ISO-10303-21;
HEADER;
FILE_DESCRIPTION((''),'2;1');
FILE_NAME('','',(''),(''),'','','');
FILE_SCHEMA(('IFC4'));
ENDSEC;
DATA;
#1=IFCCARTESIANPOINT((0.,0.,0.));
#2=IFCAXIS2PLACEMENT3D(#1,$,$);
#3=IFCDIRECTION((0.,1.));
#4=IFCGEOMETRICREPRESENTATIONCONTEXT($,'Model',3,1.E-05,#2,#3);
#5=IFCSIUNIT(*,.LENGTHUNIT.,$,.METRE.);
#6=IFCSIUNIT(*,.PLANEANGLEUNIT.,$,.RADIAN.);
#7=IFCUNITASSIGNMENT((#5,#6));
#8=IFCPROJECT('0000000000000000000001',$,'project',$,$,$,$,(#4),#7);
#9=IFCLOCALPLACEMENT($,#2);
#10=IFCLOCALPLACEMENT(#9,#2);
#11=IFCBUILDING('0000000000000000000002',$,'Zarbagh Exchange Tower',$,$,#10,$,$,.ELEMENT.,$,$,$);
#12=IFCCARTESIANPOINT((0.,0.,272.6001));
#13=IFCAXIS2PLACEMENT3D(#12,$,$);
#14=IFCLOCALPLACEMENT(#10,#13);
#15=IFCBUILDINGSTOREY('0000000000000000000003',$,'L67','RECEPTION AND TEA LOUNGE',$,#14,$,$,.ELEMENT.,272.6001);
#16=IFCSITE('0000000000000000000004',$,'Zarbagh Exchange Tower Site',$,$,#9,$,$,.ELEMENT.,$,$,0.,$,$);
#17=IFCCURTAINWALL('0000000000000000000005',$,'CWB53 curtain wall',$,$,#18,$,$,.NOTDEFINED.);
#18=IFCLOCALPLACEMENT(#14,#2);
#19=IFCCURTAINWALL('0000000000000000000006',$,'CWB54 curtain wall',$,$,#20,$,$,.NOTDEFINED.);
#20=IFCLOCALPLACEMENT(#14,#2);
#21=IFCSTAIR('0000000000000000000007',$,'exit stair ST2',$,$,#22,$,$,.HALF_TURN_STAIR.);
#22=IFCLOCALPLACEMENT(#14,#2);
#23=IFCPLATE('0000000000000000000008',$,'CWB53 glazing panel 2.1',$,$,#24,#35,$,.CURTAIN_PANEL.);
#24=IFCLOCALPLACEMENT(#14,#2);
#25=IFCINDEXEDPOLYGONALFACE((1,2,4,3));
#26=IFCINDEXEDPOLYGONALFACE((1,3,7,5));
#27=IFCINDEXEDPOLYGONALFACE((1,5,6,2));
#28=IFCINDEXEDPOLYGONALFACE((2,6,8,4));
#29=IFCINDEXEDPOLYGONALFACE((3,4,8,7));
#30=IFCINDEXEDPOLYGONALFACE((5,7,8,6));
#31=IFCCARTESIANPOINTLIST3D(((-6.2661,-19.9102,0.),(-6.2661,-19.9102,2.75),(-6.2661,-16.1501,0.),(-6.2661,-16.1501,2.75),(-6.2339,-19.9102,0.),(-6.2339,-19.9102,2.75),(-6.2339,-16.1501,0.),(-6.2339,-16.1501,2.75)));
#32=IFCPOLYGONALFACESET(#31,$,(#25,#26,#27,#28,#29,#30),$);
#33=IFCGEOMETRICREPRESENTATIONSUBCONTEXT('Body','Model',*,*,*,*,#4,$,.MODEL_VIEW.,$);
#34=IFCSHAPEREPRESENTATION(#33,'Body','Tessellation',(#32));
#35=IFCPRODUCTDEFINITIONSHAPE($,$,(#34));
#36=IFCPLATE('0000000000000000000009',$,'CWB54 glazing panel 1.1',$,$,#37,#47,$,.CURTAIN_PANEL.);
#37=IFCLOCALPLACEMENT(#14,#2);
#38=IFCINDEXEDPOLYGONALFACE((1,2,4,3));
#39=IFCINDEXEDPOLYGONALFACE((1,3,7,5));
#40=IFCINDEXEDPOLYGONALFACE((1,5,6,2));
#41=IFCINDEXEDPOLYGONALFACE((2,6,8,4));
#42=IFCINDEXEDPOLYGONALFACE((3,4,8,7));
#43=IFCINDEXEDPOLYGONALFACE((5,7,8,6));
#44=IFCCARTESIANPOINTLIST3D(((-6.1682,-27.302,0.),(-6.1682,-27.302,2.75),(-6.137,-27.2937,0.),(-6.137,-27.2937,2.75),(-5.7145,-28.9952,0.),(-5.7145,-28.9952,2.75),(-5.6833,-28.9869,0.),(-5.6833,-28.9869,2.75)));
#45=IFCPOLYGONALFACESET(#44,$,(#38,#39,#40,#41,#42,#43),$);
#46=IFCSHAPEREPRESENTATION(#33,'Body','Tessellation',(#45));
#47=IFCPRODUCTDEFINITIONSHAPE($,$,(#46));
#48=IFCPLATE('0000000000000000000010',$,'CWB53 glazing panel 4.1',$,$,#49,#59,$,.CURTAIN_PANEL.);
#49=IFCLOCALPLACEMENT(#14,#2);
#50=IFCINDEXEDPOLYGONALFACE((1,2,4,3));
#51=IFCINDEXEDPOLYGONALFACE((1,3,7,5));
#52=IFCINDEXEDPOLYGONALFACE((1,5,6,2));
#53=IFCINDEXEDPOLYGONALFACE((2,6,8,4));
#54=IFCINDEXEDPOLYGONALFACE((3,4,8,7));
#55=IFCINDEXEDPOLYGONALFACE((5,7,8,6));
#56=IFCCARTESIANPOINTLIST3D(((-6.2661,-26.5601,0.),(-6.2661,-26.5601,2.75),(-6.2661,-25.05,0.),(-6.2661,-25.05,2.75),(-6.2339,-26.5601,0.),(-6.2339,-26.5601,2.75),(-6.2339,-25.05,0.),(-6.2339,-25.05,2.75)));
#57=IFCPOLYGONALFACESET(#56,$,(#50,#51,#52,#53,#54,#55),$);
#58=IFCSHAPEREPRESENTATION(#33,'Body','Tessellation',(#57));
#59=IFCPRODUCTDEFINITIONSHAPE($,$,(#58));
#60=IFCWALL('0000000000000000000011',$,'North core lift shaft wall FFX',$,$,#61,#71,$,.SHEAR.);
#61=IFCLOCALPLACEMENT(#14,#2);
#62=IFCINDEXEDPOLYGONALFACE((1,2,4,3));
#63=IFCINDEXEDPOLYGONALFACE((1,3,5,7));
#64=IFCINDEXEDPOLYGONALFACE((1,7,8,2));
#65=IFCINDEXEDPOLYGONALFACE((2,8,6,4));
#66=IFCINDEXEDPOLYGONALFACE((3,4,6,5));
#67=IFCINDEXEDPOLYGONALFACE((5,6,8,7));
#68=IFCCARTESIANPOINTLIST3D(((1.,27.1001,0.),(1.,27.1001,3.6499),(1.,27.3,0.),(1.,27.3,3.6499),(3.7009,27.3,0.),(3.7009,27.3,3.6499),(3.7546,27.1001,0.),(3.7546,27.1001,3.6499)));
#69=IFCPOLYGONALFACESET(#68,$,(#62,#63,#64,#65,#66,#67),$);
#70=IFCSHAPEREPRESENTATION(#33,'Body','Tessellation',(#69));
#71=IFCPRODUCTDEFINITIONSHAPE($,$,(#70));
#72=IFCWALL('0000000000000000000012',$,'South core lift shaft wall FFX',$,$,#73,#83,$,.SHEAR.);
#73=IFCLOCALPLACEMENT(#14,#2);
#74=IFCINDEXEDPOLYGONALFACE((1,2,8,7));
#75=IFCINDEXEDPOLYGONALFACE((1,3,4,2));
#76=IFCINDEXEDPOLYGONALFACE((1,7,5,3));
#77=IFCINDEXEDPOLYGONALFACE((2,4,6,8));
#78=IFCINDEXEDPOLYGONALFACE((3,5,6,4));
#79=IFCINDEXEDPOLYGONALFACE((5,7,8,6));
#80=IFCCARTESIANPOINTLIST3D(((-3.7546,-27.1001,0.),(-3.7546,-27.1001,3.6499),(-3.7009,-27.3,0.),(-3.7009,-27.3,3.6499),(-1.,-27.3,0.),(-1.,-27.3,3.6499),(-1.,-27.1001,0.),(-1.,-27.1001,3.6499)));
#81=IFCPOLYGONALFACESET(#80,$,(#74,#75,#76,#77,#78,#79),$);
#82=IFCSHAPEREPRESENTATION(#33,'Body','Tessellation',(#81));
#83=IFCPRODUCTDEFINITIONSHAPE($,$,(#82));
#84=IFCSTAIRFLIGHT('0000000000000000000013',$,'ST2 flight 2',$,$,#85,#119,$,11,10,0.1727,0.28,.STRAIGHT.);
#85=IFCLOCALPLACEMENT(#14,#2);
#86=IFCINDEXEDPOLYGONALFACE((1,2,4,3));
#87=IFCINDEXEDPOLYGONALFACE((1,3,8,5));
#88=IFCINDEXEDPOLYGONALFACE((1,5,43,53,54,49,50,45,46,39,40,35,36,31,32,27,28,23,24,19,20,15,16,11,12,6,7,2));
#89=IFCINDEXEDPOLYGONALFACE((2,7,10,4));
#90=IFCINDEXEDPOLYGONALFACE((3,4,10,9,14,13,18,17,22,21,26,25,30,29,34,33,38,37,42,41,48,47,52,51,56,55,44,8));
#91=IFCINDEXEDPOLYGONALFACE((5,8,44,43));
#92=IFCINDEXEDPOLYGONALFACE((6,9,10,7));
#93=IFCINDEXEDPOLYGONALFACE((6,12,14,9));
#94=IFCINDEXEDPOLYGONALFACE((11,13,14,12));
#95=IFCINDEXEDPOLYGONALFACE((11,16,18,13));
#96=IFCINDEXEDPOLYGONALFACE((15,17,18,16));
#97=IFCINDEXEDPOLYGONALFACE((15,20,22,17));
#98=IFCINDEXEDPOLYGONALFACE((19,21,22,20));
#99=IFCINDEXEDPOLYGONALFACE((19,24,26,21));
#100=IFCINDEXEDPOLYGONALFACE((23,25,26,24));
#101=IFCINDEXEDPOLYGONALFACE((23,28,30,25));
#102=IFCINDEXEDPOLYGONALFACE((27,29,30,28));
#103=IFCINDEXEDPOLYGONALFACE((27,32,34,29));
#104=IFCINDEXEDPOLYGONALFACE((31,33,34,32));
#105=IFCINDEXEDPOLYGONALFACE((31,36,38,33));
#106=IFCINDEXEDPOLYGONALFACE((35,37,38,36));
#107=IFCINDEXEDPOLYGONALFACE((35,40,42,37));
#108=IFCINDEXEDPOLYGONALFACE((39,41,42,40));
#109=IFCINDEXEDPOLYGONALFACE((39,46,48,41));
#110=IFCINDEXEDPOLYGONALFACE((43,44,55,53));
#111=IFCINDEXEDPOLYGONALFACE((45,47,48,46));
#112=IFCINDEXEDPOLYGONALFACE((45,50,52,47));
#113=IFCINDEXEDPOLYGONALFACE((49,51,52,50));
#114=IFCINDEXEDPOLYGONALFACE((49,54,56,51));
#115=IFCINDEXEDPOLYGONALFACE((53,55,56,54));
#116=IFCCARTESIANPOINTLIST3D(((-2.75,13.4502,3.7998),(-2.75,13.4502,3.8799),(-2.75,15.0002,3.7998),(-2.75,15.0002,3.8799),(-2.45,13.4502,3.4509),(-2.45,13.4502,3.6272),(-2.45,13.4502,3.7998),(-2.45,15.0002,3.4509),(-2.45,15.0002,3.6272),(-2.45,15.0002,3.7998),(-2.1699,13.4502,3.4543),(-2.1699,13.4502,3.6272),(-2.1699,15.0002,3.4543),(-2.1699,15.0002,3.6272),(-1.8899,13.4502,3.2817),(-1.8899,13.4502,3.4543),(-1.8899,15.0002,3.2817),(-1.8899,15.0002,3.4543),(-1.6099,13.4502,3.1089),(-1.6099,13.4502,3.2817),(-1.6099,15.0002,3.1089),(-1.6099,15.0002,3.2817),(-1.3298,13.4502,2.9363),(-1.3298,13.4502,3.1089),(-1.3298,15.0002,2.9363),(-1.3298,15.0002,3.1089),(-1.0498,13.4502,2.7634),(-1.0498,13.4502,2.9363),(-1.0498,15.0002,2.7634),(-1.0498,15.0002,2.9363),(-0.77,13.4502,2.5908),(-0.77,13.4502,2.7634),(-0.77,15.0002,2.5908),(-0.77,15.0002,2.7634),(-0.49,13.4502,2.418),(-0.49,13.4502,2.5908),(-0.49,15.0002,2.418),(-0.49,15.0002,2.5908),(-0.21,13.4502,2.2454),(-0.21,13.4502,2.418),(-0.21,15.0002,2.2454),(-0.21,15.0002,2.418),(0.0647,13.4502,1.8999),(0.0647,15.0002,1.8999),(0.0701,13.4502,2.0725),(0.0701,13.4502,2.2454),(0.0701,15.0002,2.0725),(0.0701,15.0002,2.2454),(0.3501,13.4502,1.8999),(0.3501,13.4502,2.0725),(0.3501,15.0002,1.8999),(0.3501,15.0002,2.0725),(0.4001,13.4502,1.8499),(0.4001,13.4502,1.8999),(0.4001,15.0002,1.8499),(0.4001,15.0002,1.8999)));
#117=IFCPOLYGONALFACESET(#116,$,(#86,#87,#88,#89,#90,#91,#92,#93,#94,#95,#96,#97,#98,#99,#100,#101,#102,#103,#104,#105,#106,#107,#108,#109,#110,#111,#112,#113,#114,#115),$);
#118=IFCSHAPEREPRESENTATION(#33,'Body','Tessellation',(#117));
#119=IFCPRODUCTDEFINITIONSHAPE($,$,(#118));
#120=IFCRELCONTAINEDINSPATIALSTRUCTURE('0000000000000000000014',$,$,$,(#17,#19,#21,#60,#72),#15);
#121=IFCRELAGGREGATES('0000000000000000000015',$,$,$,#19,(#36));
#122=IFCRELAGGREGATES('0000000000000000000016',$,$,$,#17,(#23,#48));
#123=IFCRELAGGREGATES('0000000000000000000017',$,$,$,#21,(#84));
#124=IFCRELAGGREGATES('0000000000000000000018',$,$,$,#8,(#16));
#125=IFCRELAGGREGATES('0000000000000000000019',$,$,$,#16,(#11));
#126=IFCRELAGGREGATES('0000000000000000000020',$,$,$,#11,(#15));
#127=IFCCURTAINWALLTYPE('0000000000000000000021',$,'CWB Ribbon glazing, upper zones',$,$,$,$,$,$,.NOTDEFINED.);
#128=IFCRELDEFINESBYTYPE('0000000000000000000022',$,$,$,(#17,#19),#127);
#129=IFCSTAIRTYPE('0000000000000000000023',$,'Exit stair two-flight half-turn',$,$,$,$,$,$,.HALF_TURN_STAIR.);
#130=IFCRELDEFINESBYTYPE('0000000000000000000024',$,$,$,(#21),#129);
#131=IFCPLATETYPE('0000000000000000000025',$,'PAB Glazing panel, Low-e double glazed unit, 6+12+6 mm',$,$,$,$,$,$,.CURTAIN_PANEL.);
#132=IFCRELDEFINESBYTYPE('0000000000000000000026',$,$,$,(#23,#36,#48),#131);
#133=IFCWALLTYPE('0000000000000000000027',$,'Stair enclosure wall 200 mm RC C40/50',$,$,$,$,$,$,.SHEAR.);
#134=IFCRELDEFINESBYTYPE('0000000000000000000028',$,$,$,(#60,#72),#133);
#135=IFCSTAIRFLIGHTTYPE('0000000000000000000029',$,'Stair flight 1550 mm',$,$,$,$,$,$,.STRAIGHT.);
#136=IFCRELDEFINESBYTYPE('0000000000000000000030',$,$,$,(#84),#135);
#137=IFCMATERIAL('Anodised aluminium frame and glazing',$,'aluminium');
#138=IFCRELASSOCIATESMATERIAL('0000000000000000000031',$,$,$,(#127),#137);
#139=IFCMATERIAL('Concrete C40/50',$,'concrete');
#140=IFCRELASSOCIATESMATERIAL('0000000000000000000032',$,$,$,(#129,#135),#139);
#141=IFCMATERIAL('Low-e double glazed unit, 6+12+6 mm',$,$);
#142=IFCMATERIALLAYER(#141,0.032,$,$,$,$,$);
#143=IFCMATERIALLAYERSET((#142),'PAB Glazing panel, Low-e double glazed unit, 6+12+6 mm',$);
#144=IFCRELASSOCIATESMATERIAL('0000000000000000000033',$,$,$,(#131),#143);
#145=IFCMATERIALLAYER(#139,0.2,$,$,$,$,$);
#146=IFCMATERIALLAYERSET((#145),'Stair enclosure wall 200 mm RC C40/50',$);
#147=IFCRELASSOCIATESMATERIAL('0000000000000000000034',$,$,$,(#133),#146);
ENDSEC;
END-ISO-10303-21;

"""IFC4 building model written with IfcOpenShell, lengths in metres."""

from ifc_helpers import new_model, si_unit, direction, frame, origin, place, context, subcontext, project, spatial, polyline, outline, extrude, source, transform, mapped, material, layer, layer_set, type_object, element, aggregate, save


model = new_model("IFC4")

# Units and contexts
model_context = context("Model", 3, precision=1e-05, world=origin(), true_north=direction((0.0, 1.0)))
body_context = subcontext(model_context, "Body", "Model", "MODEL_VIEW")
ifc_project = project(units=[si_unit("LENGTHUNIT", "METRE"), si_unit("PLANEANGLEUNIT", "RADIAN")], contexts=[model_context])

# Site, building, storey
site_placement = place(None, origin())
site = spatial("IfcSite", under=ifc_project, at=site_placement, Name="Zarbagh Exchange Tower Site", CompositionType="ELEMENT", RefElevation=0.0)
building_placement = place(site_placement, origin())
building = spatial("IfcBuilding", under=site, at=building_placement, Name="Zarbagh Exchange Tower", CompositionType="ELEMENT")
storey_placement = place(building_placement, frame((0.0, 0.0, 272.6001)))
storey = spatial("IfcBuildingStorey", under=building, at=storey_placement, Name="L67", Description="RECEPTION AND TEA LOUNGE", CompositionType="ELEMENT", Elevation=272.6001)

# Curtain wall
ifc_material_1 = material(Name="Anodised aluminium frame and glazing", Category="aluminium")
curtain_wall_type = type_object("IfcCurtainWallType", Name="CWB Ribbon glazing, upper zones", PredefinedType="NOTDEFINED", material=ifc_material_1)
curtain_wall_1_placement = place(storey_placement, origin())
curtain_wall_1 = element("IfcCurtainWall", 1, at=curtain_wall_1_placement, inside=storey, type_object=curtain_wall_type, Name="CWB53 curtain wall", PredefinedType="NOTDEFINED")
placement = place(storey_placement, origin())

# Curtain wall
curtain_wall_2_placement = place(storey_placement, origin())
curtain_wall_2 = element("IfcCurtainWall", 2, at=curtain_wall_2_placement, inside=storey, type_object=curtain_wall_type, Name="CWB54 curtain wall", PredefinedType="NOTDEFINED")

# Stair
ifc_material_2 = material(Name="Concrete C40/50", Category="concrete")
stair_type = type_object("IfcStairType", Name="Exit stair two-flight half-turn", PredefinedType="HALF_TURN_STAIR", material=ifc_material_2)
stair_1_placement = place(storey_placement, origin())
stair_1 = element("IfcStair", 3, at=stair_1_placement, inside=storey, type_object=stair_type, Name="exit stair ST2", PredefinedType="HALF_TURN_STAIR")

# Shared definitions
ifc_material_3 = material(Name="Low-e double glazed unit, 6+12+6 mm")
ifc_layer_1 = layer(ifc_material_3, 0.032)
ifc_layer_set_1 = layer_set([ifc_layer_1], Name="PAB Glazing panel, Low-e double glazed unit, 6+12+6 mm")
plate_type = type_object("IfcPlateType", Name="PAB Glazing panel, Low-e double glazed unit, 6+12+6 mm", PredefinedType="CURTAIN_PANEL", material=ifc_layer_set_1)

# Plates
shared_shape_1 = source(origin(), body_context, "Body", "SweptSolid", [
    extrude(outline(polyline([(0.0, -0.0161), (3.76, -0.0161), (3.76, 0.0161), (0.0, 0.0161), (0.0, -0.0161)])), origin(), (0.0, 0.0, 1.0), 2.75),
])
plate_1 = element("IfcPlate", 4, at=placement, type_object=plate_type, Name="CWB53 glazing panel 2.1", PredefinedType="CURTAIN_PANEL", context=body_context, shape_type="MappedRepresentation", body=[
    mapped(shared_shape_1, transform((-6.25, -16.1501, 0.0), x_axis=(0.0, -1.0, 0.0), y_axis=(1.0, 0.0, 0.0), z_axis=(0.0, 0.0, 1.0))),
])
shared_shape_2 = source(origin(), body_context, "Body", "SweptSolid", [
    extrude(outline(polyline([(0.0, -0.0161), (1.7529, -0.0161), (1.7529, 0.0161), (0.0, 0.0161), (0.0, -0.0161)])), origin(), (0.0, 0.0, 1.0), 2.75),
])
plate_2 = element("IfcPlate", 5, at=placement, type_object=plate_type, Name="CWB54 glazing panel 1.1", PredefinedType="CURTAIN_PANEL", context=body_context, shape_type="MappedRepresentation", body=[
    mapped(shared_shape_2, transform((-6.1526, -27.2979, 0.0), x_axis=(0.258825, -0.965924, 0.0), y_axis=(0.965924, 0.258825, 0.0), z_axis=(0.0, 0.0, 1.0))),
])
aggregate(curtain_wall_2, [plate_2])
shared_shape_3 = source(origin(), body_context, "Body", "SweptSolid", [
    extrude(outline(polyline([(0.0, -0.0161), (1.51, -0.0161), (1.51, 0.0161), (0.0, 0.0161), (0.0, -0.0161)])), origin(), (0.0, 0.0, 1.0), 2.75),
])
plate_3 = element("IfcPlate", 6, at=placement, type_object=plate_type, Name="CWB53 glazing panel 4.1", PredefinedType="CURTAIN_PANEL", context=body_context, shape_type="MappedRepresentation", body=[
    mapped(shared_shape_3, transform((-6.25, -25.05, 0.0), x_axis=(0.0, -1.0, 0.0), y_axis=(1.0, 0.0, 0.0), z_axis=(0.0, 0.0, 1.0))),
])
aggregate(curtain_wall_1, [plate_1, plate_3])

# Walls
ifc_layer_2 = layer(ifc_material_2, 0.2)
ifc_layer_set_2 = layer_set([ifc_layer_2], Name="Stair enclosure wall 200 mm RC C40/50")
wall_type = type_object("IfcWallType", Name="Stair enclosure wall 200 mm RC C40/50", PredefinedType="SHEAR", material=ifc_layer_set_2)
wall_1_placement = place(storey_placement, origin())
element("IfcWall", 7, at=wall_1_placement, inside=storey, type_object=wall_type, Name="North core lift shaft wall FFX", PredefinedType="SHEAR", context=body_context, shape_type="SweptSolid", body=[
    extrude(outline(polyline([(1.0, 27.1001), (3.7546, 27.1001), (3.7009, 27.3), (1.0, 27.3), (1.0, 27.1001)])), origin(), (0.0, 0.0, 1.0), 3.6499),
])
wall_2_placement = place(storey_placement, origin())
element("IfcWall", 8, at=wall_2_placement, inside=storey, type_object=wall_type, Name="South core lift shaft wall FFX", PredefinedType="SHEAR", context=body_context, shape_type="SweptSolid", body=[
    extrude(outline(polyline([(-1.0, -27.1001), (-3.7546, -27.1001), (-3.7009, -27.3), (-1.0, -27.3), (-1.0, -27.1001)])), origin(), (0.0, 0.0, 1.0), 3.6499),
])

# Stair flight
stair_flight_type = type_object("IfcStairFlightType", Name="Stair flight 1550 mm", PredefinedType="STRAIGHT", material=ifc_material_2)
stair_flight_placement = place(storey_placement, frame((0.3501, 14.2251, 1.8999), z_axis=(0.0, 0.0, 1.0), x_axis=(-1.0, 0.0, 0.0)))
stair_flight = element("IfcStairFlight", 9, at=stair_flight_placement, type_object=stair_flight_type, Name="ST2 flight 2", NumberOfRisers=11, NumberOfTreads=10, PredefinedType="STRAIGHT", RiserHeight=0.1727, TreadLength=0.28, context=body_context, shape_type="SweptSolid", body=[
    extrude(outline(polyline([(-0.05, -0.05), (-0.05, 0.0), (0.0, 0.0), (0.0, 0.1726), (0.28, 0.1726), (0.28, 0.3455), (0.5601, 0.3455), (0.5601, 0.5181), (0.8401, 0.5181), (0.8401, 0.6909), (1.1201, 0.6909), (1.1201, 0.8635), (1.3999, 0.8635), (1.3999, 1.0364), (1.6799, 1.0364), (1.6799, 1.209), (1.96, 1.209), (1.96, 1.3818), (2.24, 1.3818), (2.24, 1.5544), (2.52, 1.5544), (2.52, 1.7273), (2.8, 1.7273), (2.8, 1.8999), (3.1001, 1.98), (3.1001, 1.8999), (2.8, 1.551), (0.2854, 0.0), (-0.05, -0.05)])), frame((0.0, 0.7749, 0.0), z_axis=(0.0, -1.0, 0.0), x_axis=(1.0, 0.0, 0.0)), (0.0, 0.0, 1.0), 1.55),
])
aggregate(stair_1, [stair_flight])

save(model, "model.ifc")
